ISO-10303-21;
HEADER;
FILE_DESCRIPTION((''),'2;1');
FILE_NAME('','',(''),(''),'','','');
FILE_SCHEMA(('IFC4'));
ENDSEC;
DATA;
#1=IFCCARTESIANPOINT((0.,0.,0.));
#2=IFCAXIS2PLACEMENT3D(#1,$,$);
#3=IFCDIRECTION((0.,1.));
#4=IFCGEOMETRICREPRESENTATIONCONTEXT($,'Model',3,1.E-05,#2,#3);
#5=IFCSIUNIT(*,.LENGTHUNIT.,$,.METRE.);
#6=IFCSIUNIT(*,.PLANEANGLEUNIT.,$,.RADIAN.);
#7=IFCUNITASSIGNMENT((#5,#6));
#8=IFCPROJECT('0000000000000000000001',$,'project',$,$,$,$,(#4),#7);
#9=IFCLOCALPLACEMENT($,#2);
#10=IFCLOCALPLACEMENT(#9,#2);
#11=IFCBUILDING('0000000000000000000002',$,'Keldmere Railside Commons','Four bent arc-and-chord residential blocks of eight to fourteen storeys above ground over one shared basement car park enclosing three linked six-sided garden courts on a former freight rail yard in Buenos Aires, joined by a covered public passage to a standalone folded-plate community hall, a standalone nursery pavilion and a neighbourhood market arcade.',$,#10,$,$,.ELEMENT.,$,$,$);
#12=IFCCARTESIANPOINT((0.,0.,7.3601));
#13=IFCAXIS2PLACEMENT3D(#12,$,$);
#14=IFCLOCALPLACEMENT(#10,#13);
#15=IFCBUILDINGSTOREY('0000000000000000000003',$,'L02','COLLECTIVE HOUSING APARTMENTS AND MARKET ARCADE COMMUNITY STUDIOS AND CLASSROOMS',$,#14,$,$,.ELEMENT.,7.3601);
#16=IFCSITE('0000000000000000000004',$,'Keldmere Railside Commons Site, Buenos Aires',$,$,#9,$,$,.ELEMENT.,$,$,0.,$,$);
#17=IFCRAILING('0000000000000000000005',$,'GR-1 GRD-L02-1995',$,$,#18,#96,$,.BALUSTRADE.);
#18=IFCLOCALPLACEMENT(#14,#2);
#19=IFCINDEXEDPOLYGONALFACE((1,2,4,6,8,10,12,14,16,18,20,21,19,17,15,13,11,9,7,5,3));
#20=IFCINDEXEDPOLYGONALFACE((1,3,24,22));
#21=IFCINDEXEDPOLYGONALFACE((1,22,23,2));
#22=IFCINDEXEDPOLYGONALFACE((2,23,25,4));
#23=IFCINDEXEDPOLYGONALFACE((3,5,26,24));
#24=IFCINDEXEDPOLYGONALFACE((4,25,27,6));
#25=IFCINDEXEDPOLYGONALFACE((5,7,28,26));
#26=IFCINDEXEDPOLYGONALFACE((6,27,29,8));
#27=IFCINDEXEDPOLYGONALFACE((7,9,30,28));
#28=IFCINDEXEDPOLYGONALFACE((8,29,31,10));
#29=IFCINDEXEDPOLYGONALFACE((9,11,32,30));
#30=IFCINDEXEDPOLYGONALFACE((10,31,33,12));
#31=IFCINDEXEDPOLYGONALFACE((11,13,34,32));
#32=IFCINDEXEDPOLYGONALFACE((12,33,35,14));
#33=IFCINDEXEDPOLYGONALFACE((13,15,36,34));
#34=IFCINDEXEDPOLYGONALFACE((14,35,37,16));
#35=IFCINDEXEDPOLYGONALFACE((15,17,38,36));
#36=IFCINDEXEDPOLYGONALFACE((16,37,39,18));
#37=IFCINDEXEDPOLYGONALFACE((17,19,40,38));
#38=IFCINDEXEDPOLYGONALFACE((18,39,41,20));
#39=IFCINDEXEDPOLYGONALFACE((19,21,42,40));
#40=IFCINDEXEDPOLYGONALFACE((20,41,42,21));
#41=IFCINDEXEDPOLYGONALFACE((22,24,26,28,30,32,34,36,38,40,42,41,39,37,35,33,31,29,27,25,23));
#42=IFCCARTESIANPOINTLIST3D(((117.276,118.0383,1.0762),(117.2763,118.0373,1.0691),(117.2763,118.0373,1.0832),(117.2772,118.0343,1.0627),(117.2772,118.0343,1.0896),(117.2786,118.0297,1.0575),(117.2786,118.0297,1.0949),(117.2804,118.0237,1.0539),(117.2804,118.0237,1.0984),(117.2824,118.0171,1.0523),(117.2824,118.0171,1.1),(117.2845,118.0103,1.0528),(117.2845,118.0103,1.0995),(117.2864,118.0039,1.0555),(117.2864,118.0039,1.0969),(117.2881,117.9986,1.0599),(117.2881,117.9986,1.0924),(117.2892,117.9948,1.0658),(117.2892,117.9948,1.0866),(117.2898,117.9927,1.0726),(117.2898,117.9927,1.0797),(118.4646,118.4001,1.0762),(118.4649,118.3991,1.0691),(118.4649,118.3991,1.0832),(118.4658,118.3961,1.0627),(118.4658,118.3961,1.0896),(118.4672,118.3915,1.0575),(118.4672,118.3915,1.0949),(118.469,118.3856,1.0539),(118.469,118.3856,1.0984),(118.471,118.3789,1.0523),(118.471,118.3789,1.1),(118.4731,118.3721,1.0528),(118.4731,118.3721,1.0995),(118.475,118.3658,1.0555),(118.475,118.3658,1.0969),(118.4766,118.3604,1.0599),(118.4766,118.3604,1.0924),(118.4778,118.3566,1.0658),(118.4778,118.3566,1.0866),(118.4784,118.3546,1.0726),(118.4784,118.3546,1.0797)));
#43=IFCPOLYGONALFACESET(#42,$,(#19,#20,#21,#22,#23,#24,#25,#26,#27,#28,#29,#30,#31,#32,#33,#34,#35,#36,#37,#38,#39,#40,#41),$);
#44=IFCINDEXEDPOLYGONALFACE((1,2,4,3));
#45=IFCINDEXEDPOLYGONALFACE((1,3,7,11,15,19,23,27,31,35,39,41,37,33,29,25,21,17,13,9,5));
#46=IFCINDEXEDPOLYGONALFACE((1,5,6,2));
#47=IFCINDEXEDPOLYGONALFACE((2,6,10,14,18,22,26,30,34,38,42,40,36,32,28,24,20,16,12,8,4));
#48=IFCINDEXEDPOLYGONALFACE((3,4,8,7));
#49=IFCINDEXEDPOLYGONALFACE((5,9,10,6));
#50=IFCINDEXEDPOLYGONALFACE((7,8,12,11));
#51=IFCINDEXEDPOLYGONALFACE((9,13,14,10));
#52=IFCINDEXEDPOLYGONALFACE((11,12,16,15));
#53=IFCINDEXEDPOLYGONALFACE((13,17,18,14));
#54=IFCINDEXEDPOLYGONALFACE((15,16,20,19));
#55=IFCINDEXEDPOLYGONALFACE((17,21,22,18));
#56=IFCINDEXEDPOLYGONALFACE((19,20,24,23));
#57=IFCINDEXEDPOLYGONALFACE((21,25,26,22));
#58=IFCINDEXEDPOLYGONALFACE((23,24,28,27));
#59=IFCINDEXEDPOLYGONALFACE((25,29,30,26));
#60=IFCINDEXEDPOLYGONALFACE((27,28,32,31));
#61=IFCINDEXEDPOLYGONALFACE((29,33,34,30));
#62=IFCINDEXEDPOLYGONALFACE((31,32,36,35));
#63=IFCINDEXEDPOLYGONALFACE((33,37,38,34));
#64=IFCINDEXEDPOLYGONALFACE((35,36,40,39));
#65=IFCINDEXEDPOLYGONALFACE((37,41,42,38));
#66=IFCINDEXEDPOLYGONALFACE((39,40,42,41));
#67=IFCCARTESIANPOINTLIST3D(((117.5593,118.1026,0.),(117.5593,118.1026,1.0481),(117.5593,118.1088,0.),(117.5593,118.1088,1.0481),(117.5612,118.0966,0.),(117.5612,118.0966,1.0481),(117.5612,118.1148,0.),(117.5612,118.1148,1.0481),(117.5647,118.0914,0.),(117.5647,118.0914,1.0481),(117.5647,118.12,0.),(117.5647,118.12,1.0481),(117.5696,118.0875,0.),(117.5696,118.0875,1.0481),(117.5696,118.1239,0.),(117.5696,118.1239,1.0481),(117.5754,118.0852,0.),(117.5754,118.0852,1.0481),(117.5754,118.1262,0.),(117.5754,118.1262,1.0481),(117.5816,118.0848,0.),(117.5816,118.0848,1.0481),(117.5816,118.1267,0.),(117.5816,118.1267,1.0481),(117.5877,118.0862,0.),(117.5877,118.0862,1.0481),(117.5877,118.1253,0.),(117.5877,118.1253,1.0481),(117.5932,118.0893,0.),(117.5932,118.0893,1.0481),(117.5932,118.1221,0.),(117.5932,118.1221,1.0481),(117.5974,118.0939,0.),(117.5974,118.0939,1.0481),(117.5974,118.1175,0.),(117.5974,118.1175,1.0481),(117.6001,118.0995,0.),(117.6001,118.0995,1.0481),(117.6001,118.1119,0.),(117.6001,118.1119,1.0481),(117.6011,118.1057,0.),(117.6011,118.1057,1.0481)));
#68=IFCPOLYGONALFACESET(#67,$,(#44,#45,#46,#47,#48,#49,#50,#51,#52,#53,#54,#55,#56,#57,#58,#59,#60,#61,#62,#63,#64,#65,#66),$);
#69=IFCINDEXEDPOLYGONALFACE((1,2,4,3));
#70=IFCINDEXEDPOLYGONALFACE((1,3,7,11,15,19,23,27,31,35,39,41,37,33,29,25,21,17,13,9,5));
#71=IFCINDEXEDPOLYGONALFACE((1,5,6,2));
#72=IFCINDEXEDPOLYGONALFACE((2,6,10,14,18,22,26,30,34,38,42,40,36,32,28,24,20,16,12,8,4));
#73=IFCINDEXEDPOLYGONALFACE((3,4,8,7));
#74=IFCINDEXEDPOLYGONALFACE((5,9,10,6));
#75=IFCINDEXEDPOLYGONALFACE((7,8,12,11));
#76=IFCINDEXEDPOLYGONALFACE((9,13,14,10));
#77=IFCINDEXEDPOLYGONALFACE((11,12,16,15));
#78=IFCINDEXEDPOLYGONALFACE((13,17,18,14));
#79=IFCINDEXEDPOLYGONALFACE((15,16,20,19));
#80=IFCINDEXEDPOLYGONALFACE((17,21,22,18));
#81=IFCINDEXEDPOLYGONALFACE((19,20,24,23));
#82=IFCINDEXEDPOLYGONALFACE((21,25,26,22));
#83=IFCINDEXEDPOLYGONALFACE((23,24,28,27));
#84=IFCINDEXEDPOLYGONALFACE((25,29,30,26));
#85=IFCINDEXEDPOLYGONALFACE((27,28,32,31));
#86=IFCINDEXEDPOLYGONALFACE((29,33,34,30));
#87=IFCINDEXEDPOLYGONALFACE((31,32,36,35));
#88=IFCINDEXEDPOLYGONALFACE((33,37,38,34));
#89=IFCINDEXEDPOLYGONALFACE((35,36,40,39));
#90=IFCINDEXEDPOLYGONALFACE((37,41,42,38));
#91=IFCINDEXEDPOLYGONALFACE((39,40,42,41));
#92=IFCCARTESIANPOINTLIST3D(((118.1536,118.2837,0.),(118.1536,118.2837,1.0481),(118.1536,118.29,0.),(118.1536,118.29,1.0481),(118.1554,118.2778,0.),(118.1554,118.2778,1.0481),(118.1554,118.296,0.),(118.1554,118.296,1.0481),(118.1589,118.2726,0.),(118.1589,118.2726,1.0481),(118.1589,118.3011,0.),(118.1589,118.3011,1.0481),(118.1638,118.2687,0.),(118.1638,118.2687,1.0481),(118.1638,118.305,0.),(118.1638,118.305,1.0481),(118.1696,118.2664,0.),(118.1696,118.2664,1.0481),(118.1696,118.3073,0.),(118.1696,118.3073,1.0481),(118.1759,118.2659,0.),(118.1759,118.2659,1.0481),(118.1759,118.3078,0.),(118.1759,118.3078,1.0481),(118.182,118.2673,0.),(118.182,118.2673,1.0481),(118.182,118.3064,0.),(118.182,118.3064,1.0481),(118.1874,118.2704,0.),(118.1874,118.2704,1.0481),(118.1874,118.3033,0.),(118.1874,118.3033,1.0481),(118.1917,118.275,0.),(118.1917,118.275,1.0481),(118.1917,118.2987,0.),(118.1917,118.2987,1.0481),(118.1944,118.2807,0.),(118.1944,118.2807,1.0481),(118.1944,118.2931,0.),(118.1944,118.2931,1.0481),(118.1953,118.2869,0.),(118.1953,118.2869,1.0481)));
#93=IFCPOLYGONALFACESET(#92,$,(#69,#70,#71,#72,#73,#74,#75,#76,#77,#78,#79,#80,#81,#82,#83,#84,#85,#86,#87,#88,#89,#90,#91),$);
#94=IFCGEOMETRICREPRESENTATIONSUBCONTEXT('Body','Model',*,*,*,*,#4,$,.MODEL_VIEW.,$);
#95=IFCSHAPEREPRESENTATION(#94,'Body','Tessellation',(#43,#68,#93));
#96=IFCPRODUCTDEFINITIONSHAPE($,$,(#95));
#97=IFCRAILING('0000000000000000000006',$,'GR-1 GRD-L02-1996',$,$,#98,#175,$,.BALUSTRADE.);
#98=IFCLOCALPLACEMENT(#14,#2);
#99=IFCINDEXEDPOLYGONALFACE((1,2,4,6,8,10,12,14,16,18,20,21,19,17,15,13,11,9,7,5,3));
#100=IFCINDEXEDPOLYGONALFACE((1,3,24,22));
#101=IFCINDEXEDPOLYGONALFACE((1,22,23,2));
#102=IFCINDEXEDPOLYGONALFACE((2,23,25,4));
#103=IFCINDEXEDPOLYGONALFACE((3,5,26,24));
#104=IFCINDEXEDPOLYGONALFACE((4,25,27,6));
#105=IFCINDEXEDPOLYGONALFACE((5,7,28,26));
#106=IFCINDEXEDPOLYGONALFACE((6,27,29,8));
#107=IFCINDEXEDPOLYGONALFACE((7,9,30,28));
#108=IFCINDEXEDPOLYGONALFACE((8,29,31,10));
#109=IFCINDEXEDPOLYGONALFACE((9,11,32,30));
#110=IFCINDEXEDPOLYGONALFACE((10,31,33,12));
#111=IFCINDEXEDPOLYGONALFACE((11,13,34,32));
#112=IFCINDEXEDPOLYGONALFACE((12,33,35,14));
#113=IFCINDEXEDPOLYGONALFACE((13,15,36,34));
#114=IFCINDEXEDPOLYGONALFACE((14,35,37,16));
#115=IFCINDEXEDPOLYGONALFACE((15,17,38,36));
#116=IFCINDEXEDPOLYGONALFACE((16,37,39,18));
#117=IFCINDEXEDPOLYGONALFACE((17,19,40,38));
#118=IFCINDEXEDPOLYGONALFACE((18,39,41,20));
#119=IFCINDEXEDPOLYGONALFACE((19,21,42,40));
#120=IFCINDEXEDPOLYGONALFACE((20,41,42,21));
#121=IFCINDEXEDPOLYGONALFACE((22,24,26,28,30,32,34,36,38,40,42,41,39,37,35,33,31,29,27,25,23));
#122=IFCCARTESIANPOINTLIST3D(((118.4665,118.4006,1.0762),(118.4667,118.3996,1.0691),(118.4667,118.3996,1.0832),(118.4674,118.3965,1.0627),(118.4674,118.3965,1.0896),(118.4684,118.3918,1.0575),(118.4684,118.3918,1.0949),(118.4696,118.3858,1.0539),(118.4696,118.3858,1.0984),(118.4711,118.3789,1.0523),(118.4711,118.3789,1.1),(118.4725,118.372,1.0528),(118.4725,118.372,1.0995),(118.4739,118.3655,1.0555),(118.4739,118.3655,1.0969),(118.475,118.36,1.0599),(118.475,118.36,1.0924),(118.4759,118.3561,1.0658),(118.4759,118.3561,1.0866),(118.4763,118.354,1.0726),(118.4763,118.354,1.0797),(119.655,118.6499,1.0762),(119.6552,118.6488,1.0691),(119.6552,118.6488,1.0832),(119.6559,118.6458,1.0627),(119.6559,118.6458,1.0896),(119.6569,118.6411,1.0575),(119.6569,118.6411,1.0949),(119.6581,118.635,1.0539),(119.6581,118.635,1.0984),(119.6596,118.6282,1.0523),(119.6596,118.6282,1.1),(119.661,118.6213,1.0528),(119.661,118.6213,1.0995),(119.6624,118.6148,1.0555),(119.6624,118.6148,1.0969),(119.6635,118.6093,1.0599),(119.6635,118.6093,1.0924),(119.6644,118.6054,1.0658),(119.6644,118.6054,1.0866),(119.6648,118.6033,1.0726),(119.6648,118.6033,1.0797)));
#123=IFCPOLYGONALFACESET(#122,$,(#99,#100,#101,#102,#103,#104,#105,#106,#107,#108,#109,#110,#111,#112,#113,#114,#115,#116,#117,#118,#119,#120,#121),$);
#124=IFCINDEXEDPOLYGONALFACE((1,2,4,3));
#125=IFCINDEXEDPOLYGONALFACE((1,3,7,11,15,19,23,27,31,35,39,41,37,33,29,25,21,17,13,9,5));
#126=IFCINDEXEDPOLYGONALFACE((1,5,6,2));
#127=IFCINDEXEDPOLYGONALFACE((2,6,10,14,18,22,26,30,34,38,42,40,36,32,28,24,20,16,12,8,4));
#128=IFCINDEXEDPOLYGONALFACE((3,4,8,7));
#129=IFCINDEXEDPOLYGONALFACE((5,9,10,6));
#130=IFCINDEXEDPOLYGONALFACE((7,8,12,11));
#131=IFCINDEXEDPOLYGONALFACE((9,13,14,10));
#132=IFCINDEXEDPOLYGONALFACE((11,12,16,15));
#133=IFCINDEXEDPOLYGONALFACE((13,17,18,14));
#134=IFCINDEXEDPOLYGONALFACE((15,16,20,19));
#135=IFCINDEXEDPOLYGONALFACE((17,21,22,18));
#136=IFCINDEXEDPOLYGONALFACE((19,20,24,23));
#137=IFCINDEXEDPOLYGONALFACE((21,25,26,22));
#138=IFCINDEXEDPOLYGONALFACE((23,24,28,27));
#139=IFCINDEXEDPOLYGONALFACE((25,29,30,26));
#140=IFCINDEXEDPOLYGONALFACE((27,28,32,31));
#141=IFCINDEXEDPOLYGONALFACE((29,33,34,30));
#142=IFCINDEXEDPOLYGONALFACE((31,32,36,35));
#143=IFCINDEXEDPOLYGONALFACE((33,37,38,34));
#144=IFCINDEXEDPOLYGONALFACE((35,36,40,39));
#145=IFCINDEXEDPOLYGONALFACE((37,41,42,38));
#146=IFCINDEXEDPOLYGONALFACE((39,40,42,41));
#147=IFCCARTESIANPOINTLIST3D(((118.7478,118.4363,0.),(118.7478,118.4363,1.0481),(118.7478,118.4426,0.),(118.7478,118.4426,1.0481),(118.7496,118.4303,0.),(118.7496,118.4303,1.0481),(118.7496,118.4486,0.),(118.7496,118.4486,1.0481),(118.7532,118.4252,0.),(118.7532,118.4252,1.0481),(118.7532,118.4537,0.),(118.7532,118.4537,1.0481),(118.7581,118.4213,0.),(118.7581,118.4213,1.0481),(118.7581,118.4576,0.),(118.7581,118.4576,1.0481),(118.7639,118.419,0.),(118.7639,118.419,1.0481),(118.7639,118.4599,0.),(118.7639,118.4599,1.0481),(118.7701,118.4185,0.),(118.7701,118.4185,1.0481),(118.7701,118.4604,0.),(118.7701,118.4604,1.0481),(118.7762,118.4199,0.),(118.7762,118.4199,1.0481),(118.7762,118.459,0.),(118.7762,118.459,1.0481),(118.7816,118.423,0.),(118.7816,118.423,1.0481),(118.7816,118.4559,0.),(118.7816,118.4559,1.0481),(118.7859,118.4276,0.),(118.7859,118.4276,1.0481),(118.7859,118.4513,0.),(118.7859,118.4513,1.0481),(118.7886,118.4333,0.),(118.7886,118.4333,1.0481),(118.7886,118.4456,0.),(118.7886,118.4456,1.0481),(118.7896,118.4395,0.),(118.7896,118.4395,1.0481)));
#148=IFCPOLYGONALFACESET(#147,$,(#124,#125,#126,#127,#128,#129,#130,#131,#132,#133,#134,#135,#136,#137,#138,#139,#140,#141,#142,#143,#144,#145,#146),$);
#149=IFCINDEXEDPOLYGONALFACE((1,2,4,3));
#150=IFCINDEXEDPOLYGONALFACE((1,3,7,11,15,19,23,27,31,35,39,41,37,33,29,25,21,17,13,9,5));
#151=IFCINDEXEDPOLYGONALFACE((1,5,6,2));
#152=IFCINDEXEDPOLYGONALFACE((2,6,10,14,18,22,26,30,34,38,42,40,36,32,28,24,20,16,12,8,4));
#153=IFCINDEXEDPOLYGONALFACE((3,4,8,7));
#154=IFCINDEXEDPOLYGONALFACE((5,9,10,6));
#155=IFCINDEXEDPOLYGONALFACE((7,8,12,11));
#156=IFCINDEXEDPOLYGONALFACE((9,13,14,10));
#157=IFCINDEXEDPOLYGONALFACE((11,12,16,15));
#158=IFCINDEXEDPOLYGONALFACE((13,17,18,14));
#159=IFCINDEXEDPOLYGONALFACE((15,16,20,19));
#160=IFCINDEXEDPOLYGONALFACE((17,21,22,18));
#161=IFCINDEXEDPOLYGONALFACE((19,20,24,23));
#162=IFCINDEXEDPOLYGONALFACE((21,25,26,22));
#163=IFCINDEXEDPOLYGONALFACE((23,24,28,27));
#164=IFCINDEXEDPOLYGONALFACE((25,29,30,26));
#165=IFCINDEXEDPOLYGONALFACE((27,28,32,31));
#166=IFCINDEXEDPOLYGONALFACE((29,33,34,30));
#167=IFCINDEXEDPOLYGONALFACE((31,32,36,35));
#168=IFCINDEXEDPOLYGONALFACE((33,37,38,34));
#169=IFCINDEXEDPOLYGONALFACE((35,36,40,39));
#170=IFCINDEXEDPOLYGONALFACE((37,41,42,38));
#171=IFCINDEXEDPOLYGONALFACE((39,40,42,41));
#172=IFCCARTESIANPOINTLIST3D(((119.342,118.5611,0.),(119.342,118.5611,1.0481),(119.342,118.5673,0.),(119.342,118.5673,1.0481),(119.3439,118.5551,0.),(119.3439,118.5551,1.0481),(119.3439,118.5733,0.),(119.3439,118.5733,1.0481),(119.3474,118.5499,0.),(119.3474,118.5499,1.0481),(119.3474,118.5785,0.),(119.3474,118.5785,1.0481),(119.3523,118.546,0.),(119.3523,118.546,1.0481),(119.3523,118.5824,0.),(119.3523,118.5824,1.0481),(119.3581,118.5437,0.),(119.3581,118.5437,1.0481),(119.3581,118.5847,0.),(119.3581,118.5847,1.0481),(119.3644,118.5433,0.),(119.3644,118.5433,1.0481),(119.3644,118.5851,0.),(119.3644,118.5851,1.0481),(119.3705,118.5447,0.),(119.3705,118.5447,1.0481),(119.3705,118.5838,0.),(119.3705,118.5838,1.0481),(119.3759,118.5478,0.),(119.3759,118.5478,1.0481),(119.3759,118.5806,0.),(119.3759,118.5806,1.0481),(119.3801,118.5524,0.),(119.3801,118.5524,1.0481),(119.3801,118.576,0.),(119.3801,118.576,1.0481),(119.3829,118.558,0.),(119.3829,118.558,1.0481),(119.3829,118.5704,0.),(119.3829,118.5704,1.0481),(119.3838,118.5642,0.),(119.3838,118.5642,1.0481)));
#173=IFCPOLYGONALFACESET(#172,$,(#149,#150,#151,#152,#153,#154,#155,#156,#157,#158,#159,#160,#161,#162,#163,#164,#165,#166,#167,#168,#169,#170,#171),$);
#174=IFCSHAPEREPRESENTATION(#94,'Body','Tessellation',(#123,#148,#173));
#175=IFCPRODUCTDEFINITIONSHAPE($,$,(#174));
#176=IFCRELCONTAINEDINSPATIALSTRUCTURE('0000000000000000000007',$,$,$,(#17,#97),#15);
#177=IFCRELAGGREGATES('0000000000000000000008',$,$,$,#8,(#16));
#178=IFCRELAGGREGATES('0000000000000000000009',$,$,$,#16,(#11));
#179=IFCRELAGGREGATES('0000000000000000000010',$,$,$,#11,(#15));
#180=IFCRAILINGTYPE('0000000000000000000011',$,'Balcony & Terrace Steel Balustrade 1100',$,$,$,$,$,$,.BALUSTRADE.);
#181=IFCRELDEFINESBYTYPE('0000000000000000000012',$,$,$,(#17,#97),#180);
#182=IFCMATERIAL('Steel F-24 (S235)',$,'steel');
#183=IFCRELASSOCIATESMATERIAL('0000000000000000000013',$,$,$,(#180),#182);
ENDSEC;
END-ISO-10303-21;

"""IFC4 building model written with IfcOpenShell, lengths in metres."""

from ifc_helpers import new_model, si_unit, direction, frame, origin, origin_2d, place, context, subcontext, project, spatial, circle, extrude, material, type_object, element, save


model = new_model("IFC4")

# Units and contexts
model_context = context("Model", 3, precision=1e-05, world=origin(), true_north=direction((0.0, 1.0)))
body_context = subcontext(model_context, "Body", "Model", "MODEL_VIEW")
ifc_project = project(units=[si_unit("LENGTHUNIT", "METRE"), si_unit("PLANEANGLEUNIT", "RADIAN")], contexts=[model_context])

# Site, building, storey
site_placement = place(None, origin())
site = spatial("IfcSite", under=ifc_project, at=site_placement, Name="Keldmere Railside Commons Site, Buenos Aires", CompositionType="ELEMENT", RefElevation=0.0)
building_placement = place(site_placement, origin())
building = spatial("IfcBuilding", under=site, at=building_placement, Name="Keldmere Railside Commons", Description="Four bent arc-and-chord residential blocks of eight to fourteen storeys above ground over one shared basement car park enclosing three linked six-sided garden courts on a former freight rail yard in Buenos Aires, joined by a covered public passage to a standalone folded-plate community hall, a standalone nursery pavilion and a neighbourhood market arcade.", CompositionType="ELEMENT")
storey_placement = place(building_placement, frame((0.0, 0.0, 7.3601)))
storey = spatial("IfcBuildingStorey", under=building, at=storey_placement, Name="L02", Description="COLLECTIVE HOUSING APARTMENTS AND MARKET ARCADE COMMUNITY STUDIOS AND CLASSROOMS", CompositionType="ELEMENT", Elevation=7.3601)

# Railings
ifc_material_1 = material(Name="Steel F-24 (S235)", Category="steel")
railing_type = type_object("IfcRailingType", Name="Balcony & Terrace Steel Balustrade 1100", PredefinedType="BALUSTRADE", material=ifc_material_1)
railing_1_placement = place(storey_placement, frame((117.283, 118.0154, 0.0)))
element("IfcRailing", 1, at=railing_1_placement, inside=storey, type_object=railing_type, Name="GR-1 GRD-L02-1995", PredefinedType="BALUSTRADE", context=body_context, shape_type="SweptSolid", body=[
    extrude(circle(Radius=0.0239, at=origin_2d()), frame((0.0, 0.0, 1.0762), z_axis=(0.95665, 0.29124, 0.0), x_axis=(-0.29124, 0.95665, 0.0)), (0.0, 0.0, 1.0), 1.2424),
    extrude(circle(Radius=0.021, at=origin_2d()), frame((0.2971, 0.0903, 0.0)), (0.0, 0.0, 1.0), 1.0481),
    extrude(circle(Radius=0.021, at=origin_2d()), frame((0.8914, 0.2715, 0.0)), (0.0, 0.0, 1.0), 1.0481),
])
railing_2_placement = place(storey_placement, frame((118.4714, 118.3772, 0.0)))
element("IfcRailing", 2, at=railing_2_placement, inside=storey, type_object=railing_type, Name="GR-1 GRD-L02-1996", PredefinedType="BALUSTRADE", context=body_context, shape_type="SweptSolid", body=[
    extrude(circle(Radius=0.0239, at=origin_2d()), frame((0.0, 0.0, 1.0762), z_axis=(0.978705, 0.205271, 0.0), x_axis=(-0.205271, 0.978705, 0.0)), (0.0, 0.0, 1.0), 1.2144),
    extrude(circle(Radius=0.021, at=origin_2d()), frame((0.2971, 0.0623, 0.0)), (0.0, 0.0, 1.0), 1.0481),
    extrude(circle(Radius=0.021, at=origin_2d()), frame((0.8914, 0.187, 0.0)), (0.0, 0.0, 1.0), 1.0481),
])

save(model, "model.ifc")
